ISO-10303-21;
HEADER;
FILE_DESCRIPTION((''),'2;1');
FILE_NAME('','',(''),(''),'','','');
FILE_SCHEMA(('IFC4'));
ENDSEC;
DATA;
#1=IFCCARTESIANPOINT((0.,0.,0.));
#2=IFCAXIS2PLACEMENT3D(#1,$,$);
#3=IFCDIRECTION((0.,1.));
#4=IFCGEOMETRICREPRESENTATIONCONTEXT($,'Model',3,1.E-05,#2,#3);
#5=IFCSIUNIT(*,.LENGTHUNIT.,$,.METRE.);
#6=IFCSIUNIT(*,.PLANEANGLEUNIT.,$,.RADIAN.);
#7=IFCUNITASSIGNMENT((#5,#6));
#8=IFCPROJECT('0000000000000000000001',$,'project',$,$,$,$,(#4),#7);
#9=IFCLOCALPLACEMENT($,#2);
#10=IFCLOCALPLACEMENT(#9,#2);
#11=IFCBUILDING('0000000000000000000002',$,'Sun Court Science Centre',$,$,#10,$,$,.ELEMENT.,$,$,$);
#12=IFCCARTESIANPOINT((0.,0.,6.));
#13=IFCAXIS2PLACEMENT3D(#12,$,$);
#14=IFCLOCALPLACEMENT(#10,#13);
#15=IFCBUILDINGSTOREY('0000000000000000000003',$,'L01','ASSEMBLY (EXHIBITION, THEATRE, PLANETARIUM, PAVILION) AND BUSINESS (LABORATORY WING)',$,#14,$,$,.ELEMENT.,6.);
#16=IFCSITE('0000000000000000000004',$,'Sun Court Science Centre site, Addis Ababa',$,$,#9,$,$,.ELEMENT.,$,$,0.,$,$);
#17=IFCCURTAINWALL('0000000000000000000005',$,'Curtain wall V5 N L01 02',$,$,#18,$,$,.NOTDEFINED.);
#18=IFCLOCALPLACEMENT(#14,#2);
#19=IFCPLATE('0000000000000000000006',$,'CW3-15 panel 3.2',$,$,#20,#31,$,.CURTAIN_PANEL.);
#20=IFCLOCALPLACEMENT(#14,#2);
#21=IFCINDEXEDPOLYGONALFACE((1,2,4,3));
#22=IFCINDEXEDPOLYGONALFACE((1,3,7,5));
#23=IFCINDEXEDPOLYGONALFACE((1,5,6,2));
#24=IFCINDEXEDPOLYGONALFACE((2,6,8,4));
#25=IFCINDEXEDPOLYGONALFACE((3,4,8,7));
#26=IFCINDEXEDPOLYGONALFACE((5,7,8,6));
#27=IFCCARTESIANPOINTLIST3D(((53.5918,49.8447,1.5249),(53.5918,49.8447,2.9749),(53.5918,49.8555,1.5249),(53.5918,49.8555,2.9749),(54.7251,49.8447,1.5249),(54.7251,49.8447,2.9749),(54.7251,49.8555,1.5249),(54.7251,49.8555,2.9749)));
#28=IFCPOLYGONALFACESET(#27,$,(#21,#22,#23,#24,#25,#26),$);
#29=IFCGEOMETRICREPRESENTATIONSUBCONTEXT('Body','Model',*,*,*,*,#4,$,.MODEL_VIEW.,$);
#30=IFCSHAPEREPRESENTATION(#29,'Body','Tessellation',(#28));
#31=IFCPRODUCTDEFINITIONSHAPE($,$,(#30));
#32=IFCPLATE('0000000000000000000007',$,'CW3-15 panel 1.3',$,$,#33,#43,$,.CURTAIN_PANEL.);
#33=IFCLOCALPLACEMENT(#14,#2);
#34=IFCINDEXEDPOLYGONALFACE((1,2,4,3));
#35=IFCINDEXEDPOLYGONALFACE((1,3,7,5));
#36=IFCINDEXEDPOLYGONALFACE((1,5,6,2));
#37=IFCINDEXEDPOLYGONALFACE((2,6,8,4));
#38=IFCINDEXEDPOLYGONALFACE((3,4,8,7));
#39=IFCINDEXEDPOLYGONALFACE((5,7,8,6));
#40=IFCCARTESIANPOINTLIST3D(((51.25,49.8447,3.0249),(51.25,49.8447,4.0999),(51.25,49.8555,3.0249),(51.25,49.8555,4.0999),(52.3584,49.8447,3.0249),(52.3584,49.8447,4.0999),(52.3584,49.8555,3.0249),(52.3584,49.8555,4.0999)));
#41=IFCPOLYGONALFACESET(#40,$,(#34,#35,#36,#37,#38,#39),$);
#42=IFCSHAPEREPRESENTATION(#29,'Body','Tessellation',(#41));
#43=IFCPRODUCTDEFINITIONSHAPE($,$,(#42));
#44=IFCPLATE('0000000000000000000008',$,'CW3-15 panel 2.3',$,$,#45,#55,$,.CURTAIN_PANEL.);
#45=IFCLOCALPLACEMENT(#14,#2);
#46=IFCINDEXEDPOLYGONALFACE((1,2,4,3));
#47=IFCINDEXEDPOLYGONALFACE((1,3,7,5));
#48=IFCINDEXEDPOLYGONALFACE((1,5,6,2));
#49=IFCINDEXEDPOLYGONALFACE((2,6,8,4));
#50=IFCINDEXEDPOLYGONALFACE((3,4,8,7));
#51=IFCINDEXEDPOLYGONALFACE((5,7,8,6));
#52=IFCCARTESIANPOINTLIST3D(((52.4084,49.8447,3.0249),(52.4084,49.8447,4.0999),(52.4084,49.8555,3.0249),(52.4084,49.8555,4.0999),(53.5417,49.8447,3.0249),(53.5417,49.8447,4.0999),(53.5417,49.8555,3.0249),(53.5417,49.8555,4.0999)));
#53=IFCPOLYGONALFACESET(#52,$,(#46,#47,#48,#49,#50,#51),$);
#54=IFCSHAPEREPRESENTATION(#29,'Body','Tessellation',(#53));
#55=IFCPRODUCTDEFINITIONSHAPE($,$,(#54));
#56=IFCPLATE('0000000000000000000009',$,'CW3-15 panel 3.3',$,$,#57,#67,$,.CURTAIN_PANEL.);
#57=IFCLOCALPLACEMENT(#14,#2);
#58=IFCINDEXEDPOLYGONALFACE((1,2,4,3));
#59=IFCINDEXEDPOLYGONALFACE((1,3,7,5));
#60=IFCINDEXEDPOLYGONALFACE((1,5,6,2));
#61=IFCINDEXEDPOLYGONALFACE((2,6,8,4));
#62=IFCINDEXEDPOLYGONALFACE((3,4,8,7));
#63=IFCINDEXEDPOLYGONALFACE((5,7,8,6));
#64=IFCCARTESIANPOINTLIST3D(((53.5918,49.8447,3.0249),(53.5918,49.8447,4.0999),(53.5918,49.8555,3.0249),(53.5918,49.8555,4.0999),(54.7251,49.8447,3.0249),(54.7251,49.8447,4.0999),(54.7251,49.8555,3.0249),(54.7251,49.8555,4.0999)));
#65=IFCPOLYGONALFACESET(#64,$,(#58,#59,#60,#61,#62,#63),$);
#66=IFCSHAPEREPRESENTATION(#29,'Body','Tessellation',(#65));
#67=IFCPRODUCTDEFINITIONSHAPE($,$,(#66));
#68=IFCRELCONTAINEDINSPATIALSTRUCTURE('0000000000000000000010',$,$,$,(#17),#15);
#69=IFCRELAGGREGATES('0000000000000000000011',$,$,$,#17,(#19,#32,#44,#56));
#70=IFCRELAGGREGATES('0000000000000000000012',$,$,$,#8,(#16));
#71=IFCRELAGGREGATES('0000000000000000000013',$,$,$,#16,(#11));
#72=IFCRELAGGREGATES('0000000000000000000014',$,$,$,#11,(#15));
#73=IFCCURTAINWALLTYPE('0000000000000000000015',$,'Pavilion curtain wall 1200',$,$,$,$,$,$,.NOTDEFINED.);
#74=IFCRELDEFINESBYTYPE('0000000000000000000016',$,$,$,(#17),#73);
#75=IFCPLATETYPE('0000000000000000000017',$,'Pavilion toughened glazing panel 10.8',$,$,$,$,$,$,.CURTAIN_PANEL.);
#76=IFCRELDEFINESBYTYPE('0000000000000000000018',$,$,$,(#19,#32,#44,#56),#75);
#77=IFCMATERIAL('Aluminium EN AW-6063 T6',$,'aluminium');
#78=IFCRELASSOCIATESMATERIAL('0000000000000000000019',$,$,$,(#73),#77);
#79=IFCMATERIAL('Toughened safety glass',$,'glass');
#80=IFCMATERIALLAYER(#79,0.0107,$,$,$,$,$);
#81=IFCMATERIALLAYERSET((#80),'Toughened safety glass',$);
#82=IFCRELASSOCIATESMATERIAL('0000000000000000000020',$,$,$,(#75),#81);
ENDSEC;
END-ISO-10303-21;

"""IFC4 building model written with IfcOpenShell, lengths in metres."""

from ifc_helpers import new_model, si_unit, direction, frame, origin, origin_2d, place, context, subcontext, project, spatial, rectangle, extrude, material, layer, layer_set, type_object, element, aggregate, save


model = new_model("IFC4")

# Units and contexts
model_context = context("Model", 3, precision=1e-05, world=origin(), true_north=direction((0.0, 1.0)))
body_context = subcontext(model_context, "Body", "Model", "MODEL_VIEW")
ifc_project = project(units=[si_unit("LENGTHUNIT", "METRE"), si_unit("PLANEANGLEUNIT", "RADIAN")], contexts=[model_context])

# Site, building, storey
site_placement = place(None, origin())
site = spatial("IfcSite", under=ifc_project, at=site_placement, Name="Sun Court Science Centre site, Addis Ababa", CompositionType="ELEMENT", RefElevation=0.0)
building_placement = place(site_placement, origin())
building = spatial("IfcBuilding", under=site, at=building_placement, Name="Sun Court Science Centre", CompositionType="ELEMENT")
storey_placement = place(building_placement, frame((0.0, 0.0, 6.0)))
storey = spatial("IfcBuildingStorey", under=building, at=storey_placement, Name="L01", Description="ASSEMBLY (EXHIBITION, THEATRE, PLANETARIUM, PAVILION) AND BUSINESS (LABORATORY WING)", CompositionType="ELEMENT", Elevation=6.0)

# Curtain wall, plates
ifc_material_1 = material(Name="Aluminium EN AW-6063 T6", Category="aluminium")
curtain_wall_type = type_object("IfcCurtainWallType", Name="Pavilion curtain wall 1200", PredefinedType="NOTDEFINED", material=ifc_material_1)
curtain_wall_placement = place(storey_placement, origin())
curtain_wall = element("IfcCurtainWall", 1, at=curtain_wall_placement, inside=storey, type_object=curtain_wall_type, Name="Curtain wall V5 N L01 02", PredefinedType="NOTDEFINED")
ifc_material_2 = material(Name="Toughened safety glass", Category="glass")
ifc_layer = layer(ifc_material_2, 0.0107)
ifc_layer_set = layer_set([ifc_layer], Name="Toughened safety glass")
plate_type = type_object("IfcPlateType", Name="Pavilion toughened glazing panel 10.8", PredefinedType="CURTAIN_PANEL", material=ifc_layer_set)
plate_1_placement = place(storey_placement, frame((54.1584, 49.8501, 1.5249), z_axis=(0.0, 0.0, 1.0), x_axis=(1.0, 0.0, 0.0)))
plate_1 = element("IfcPlate", 2, at=plate_1_placement, type_object=plate_type, Name="CW3-15 panel 3.2", PredefinedType="CURTAIN_PANEL", context=body_context, shape_type="SweptSolid", body=[
    extrude(rectangle(XDim=1.1333, YDim=0.0107, at=origin_2d()), origin(), (0.0, 0.0, 1.0), 1.45),
])
plate_2_placement = place(storey_placement, frame((51.8042, 49.8501, 3.0249), z_axis=(0.0, 0.0, 1.0), x_axis=(1.0, 0.0, 0.0)))
plate_2 = element("IfcPlate", 3, at=plate_2_placement, type_object=plate_type, Name="CW3-15 panel 1.3", PredefinedType="CURTAIN_PANEL", context=body_context, shape_type="SweptSolid", body=[
    extrude(rectangle(XDim=1.1084, YDim=0.0107, at=origin_2d()), origin(), (0.0, 0.0, 1.0), 1.075),
])
plate_3_placement = place(storey_placement, frame((52.9751, 49.8501, 3.0249), z_axis=(0.0, 0.0, 1.0), x_axis=(1.0, 0.0, 0.0)))
plate_3 = element("IfcPlate", 4, at=plate_3_placement, type_object=plate_type, Name="CW3-15 panel 2.3", PredefinedType="CURTAIN_PANEL", context=body_context, shape_type="SweptSolid", body=[
    extrude(rectangle(XDim=1.1333, YDim=0.0107, at=origin_2d()), origin(), (0.0, 0.0, 1.0), 1.075),
])
plate_4_placement = place(storey_placement, frame((54.1584, 49.8501, 3.0249), z_axis=(0.0, 0.0, 1.0), x_axis=(1.0, 0.0, 0.0)))
plate_4 = element("IfcPlate", 5, at=plate_4_placement, type_object=plate_type, Name="CW3-15 panel 3.3", PredefinedType="CURTAIN_PANEL", context=body_context, shape_type="SweptSolid", body=[
    extrude(rectangle(XDim=1.1333, YDim=0.0107, at=origin_2d()), origin(), (0.0, 0.0, 1.0), 1.075),
])
aggregate(curtain_wall, [plate_1, plate_2, plate_3, plate_4])

save(model, "model.ifc")
